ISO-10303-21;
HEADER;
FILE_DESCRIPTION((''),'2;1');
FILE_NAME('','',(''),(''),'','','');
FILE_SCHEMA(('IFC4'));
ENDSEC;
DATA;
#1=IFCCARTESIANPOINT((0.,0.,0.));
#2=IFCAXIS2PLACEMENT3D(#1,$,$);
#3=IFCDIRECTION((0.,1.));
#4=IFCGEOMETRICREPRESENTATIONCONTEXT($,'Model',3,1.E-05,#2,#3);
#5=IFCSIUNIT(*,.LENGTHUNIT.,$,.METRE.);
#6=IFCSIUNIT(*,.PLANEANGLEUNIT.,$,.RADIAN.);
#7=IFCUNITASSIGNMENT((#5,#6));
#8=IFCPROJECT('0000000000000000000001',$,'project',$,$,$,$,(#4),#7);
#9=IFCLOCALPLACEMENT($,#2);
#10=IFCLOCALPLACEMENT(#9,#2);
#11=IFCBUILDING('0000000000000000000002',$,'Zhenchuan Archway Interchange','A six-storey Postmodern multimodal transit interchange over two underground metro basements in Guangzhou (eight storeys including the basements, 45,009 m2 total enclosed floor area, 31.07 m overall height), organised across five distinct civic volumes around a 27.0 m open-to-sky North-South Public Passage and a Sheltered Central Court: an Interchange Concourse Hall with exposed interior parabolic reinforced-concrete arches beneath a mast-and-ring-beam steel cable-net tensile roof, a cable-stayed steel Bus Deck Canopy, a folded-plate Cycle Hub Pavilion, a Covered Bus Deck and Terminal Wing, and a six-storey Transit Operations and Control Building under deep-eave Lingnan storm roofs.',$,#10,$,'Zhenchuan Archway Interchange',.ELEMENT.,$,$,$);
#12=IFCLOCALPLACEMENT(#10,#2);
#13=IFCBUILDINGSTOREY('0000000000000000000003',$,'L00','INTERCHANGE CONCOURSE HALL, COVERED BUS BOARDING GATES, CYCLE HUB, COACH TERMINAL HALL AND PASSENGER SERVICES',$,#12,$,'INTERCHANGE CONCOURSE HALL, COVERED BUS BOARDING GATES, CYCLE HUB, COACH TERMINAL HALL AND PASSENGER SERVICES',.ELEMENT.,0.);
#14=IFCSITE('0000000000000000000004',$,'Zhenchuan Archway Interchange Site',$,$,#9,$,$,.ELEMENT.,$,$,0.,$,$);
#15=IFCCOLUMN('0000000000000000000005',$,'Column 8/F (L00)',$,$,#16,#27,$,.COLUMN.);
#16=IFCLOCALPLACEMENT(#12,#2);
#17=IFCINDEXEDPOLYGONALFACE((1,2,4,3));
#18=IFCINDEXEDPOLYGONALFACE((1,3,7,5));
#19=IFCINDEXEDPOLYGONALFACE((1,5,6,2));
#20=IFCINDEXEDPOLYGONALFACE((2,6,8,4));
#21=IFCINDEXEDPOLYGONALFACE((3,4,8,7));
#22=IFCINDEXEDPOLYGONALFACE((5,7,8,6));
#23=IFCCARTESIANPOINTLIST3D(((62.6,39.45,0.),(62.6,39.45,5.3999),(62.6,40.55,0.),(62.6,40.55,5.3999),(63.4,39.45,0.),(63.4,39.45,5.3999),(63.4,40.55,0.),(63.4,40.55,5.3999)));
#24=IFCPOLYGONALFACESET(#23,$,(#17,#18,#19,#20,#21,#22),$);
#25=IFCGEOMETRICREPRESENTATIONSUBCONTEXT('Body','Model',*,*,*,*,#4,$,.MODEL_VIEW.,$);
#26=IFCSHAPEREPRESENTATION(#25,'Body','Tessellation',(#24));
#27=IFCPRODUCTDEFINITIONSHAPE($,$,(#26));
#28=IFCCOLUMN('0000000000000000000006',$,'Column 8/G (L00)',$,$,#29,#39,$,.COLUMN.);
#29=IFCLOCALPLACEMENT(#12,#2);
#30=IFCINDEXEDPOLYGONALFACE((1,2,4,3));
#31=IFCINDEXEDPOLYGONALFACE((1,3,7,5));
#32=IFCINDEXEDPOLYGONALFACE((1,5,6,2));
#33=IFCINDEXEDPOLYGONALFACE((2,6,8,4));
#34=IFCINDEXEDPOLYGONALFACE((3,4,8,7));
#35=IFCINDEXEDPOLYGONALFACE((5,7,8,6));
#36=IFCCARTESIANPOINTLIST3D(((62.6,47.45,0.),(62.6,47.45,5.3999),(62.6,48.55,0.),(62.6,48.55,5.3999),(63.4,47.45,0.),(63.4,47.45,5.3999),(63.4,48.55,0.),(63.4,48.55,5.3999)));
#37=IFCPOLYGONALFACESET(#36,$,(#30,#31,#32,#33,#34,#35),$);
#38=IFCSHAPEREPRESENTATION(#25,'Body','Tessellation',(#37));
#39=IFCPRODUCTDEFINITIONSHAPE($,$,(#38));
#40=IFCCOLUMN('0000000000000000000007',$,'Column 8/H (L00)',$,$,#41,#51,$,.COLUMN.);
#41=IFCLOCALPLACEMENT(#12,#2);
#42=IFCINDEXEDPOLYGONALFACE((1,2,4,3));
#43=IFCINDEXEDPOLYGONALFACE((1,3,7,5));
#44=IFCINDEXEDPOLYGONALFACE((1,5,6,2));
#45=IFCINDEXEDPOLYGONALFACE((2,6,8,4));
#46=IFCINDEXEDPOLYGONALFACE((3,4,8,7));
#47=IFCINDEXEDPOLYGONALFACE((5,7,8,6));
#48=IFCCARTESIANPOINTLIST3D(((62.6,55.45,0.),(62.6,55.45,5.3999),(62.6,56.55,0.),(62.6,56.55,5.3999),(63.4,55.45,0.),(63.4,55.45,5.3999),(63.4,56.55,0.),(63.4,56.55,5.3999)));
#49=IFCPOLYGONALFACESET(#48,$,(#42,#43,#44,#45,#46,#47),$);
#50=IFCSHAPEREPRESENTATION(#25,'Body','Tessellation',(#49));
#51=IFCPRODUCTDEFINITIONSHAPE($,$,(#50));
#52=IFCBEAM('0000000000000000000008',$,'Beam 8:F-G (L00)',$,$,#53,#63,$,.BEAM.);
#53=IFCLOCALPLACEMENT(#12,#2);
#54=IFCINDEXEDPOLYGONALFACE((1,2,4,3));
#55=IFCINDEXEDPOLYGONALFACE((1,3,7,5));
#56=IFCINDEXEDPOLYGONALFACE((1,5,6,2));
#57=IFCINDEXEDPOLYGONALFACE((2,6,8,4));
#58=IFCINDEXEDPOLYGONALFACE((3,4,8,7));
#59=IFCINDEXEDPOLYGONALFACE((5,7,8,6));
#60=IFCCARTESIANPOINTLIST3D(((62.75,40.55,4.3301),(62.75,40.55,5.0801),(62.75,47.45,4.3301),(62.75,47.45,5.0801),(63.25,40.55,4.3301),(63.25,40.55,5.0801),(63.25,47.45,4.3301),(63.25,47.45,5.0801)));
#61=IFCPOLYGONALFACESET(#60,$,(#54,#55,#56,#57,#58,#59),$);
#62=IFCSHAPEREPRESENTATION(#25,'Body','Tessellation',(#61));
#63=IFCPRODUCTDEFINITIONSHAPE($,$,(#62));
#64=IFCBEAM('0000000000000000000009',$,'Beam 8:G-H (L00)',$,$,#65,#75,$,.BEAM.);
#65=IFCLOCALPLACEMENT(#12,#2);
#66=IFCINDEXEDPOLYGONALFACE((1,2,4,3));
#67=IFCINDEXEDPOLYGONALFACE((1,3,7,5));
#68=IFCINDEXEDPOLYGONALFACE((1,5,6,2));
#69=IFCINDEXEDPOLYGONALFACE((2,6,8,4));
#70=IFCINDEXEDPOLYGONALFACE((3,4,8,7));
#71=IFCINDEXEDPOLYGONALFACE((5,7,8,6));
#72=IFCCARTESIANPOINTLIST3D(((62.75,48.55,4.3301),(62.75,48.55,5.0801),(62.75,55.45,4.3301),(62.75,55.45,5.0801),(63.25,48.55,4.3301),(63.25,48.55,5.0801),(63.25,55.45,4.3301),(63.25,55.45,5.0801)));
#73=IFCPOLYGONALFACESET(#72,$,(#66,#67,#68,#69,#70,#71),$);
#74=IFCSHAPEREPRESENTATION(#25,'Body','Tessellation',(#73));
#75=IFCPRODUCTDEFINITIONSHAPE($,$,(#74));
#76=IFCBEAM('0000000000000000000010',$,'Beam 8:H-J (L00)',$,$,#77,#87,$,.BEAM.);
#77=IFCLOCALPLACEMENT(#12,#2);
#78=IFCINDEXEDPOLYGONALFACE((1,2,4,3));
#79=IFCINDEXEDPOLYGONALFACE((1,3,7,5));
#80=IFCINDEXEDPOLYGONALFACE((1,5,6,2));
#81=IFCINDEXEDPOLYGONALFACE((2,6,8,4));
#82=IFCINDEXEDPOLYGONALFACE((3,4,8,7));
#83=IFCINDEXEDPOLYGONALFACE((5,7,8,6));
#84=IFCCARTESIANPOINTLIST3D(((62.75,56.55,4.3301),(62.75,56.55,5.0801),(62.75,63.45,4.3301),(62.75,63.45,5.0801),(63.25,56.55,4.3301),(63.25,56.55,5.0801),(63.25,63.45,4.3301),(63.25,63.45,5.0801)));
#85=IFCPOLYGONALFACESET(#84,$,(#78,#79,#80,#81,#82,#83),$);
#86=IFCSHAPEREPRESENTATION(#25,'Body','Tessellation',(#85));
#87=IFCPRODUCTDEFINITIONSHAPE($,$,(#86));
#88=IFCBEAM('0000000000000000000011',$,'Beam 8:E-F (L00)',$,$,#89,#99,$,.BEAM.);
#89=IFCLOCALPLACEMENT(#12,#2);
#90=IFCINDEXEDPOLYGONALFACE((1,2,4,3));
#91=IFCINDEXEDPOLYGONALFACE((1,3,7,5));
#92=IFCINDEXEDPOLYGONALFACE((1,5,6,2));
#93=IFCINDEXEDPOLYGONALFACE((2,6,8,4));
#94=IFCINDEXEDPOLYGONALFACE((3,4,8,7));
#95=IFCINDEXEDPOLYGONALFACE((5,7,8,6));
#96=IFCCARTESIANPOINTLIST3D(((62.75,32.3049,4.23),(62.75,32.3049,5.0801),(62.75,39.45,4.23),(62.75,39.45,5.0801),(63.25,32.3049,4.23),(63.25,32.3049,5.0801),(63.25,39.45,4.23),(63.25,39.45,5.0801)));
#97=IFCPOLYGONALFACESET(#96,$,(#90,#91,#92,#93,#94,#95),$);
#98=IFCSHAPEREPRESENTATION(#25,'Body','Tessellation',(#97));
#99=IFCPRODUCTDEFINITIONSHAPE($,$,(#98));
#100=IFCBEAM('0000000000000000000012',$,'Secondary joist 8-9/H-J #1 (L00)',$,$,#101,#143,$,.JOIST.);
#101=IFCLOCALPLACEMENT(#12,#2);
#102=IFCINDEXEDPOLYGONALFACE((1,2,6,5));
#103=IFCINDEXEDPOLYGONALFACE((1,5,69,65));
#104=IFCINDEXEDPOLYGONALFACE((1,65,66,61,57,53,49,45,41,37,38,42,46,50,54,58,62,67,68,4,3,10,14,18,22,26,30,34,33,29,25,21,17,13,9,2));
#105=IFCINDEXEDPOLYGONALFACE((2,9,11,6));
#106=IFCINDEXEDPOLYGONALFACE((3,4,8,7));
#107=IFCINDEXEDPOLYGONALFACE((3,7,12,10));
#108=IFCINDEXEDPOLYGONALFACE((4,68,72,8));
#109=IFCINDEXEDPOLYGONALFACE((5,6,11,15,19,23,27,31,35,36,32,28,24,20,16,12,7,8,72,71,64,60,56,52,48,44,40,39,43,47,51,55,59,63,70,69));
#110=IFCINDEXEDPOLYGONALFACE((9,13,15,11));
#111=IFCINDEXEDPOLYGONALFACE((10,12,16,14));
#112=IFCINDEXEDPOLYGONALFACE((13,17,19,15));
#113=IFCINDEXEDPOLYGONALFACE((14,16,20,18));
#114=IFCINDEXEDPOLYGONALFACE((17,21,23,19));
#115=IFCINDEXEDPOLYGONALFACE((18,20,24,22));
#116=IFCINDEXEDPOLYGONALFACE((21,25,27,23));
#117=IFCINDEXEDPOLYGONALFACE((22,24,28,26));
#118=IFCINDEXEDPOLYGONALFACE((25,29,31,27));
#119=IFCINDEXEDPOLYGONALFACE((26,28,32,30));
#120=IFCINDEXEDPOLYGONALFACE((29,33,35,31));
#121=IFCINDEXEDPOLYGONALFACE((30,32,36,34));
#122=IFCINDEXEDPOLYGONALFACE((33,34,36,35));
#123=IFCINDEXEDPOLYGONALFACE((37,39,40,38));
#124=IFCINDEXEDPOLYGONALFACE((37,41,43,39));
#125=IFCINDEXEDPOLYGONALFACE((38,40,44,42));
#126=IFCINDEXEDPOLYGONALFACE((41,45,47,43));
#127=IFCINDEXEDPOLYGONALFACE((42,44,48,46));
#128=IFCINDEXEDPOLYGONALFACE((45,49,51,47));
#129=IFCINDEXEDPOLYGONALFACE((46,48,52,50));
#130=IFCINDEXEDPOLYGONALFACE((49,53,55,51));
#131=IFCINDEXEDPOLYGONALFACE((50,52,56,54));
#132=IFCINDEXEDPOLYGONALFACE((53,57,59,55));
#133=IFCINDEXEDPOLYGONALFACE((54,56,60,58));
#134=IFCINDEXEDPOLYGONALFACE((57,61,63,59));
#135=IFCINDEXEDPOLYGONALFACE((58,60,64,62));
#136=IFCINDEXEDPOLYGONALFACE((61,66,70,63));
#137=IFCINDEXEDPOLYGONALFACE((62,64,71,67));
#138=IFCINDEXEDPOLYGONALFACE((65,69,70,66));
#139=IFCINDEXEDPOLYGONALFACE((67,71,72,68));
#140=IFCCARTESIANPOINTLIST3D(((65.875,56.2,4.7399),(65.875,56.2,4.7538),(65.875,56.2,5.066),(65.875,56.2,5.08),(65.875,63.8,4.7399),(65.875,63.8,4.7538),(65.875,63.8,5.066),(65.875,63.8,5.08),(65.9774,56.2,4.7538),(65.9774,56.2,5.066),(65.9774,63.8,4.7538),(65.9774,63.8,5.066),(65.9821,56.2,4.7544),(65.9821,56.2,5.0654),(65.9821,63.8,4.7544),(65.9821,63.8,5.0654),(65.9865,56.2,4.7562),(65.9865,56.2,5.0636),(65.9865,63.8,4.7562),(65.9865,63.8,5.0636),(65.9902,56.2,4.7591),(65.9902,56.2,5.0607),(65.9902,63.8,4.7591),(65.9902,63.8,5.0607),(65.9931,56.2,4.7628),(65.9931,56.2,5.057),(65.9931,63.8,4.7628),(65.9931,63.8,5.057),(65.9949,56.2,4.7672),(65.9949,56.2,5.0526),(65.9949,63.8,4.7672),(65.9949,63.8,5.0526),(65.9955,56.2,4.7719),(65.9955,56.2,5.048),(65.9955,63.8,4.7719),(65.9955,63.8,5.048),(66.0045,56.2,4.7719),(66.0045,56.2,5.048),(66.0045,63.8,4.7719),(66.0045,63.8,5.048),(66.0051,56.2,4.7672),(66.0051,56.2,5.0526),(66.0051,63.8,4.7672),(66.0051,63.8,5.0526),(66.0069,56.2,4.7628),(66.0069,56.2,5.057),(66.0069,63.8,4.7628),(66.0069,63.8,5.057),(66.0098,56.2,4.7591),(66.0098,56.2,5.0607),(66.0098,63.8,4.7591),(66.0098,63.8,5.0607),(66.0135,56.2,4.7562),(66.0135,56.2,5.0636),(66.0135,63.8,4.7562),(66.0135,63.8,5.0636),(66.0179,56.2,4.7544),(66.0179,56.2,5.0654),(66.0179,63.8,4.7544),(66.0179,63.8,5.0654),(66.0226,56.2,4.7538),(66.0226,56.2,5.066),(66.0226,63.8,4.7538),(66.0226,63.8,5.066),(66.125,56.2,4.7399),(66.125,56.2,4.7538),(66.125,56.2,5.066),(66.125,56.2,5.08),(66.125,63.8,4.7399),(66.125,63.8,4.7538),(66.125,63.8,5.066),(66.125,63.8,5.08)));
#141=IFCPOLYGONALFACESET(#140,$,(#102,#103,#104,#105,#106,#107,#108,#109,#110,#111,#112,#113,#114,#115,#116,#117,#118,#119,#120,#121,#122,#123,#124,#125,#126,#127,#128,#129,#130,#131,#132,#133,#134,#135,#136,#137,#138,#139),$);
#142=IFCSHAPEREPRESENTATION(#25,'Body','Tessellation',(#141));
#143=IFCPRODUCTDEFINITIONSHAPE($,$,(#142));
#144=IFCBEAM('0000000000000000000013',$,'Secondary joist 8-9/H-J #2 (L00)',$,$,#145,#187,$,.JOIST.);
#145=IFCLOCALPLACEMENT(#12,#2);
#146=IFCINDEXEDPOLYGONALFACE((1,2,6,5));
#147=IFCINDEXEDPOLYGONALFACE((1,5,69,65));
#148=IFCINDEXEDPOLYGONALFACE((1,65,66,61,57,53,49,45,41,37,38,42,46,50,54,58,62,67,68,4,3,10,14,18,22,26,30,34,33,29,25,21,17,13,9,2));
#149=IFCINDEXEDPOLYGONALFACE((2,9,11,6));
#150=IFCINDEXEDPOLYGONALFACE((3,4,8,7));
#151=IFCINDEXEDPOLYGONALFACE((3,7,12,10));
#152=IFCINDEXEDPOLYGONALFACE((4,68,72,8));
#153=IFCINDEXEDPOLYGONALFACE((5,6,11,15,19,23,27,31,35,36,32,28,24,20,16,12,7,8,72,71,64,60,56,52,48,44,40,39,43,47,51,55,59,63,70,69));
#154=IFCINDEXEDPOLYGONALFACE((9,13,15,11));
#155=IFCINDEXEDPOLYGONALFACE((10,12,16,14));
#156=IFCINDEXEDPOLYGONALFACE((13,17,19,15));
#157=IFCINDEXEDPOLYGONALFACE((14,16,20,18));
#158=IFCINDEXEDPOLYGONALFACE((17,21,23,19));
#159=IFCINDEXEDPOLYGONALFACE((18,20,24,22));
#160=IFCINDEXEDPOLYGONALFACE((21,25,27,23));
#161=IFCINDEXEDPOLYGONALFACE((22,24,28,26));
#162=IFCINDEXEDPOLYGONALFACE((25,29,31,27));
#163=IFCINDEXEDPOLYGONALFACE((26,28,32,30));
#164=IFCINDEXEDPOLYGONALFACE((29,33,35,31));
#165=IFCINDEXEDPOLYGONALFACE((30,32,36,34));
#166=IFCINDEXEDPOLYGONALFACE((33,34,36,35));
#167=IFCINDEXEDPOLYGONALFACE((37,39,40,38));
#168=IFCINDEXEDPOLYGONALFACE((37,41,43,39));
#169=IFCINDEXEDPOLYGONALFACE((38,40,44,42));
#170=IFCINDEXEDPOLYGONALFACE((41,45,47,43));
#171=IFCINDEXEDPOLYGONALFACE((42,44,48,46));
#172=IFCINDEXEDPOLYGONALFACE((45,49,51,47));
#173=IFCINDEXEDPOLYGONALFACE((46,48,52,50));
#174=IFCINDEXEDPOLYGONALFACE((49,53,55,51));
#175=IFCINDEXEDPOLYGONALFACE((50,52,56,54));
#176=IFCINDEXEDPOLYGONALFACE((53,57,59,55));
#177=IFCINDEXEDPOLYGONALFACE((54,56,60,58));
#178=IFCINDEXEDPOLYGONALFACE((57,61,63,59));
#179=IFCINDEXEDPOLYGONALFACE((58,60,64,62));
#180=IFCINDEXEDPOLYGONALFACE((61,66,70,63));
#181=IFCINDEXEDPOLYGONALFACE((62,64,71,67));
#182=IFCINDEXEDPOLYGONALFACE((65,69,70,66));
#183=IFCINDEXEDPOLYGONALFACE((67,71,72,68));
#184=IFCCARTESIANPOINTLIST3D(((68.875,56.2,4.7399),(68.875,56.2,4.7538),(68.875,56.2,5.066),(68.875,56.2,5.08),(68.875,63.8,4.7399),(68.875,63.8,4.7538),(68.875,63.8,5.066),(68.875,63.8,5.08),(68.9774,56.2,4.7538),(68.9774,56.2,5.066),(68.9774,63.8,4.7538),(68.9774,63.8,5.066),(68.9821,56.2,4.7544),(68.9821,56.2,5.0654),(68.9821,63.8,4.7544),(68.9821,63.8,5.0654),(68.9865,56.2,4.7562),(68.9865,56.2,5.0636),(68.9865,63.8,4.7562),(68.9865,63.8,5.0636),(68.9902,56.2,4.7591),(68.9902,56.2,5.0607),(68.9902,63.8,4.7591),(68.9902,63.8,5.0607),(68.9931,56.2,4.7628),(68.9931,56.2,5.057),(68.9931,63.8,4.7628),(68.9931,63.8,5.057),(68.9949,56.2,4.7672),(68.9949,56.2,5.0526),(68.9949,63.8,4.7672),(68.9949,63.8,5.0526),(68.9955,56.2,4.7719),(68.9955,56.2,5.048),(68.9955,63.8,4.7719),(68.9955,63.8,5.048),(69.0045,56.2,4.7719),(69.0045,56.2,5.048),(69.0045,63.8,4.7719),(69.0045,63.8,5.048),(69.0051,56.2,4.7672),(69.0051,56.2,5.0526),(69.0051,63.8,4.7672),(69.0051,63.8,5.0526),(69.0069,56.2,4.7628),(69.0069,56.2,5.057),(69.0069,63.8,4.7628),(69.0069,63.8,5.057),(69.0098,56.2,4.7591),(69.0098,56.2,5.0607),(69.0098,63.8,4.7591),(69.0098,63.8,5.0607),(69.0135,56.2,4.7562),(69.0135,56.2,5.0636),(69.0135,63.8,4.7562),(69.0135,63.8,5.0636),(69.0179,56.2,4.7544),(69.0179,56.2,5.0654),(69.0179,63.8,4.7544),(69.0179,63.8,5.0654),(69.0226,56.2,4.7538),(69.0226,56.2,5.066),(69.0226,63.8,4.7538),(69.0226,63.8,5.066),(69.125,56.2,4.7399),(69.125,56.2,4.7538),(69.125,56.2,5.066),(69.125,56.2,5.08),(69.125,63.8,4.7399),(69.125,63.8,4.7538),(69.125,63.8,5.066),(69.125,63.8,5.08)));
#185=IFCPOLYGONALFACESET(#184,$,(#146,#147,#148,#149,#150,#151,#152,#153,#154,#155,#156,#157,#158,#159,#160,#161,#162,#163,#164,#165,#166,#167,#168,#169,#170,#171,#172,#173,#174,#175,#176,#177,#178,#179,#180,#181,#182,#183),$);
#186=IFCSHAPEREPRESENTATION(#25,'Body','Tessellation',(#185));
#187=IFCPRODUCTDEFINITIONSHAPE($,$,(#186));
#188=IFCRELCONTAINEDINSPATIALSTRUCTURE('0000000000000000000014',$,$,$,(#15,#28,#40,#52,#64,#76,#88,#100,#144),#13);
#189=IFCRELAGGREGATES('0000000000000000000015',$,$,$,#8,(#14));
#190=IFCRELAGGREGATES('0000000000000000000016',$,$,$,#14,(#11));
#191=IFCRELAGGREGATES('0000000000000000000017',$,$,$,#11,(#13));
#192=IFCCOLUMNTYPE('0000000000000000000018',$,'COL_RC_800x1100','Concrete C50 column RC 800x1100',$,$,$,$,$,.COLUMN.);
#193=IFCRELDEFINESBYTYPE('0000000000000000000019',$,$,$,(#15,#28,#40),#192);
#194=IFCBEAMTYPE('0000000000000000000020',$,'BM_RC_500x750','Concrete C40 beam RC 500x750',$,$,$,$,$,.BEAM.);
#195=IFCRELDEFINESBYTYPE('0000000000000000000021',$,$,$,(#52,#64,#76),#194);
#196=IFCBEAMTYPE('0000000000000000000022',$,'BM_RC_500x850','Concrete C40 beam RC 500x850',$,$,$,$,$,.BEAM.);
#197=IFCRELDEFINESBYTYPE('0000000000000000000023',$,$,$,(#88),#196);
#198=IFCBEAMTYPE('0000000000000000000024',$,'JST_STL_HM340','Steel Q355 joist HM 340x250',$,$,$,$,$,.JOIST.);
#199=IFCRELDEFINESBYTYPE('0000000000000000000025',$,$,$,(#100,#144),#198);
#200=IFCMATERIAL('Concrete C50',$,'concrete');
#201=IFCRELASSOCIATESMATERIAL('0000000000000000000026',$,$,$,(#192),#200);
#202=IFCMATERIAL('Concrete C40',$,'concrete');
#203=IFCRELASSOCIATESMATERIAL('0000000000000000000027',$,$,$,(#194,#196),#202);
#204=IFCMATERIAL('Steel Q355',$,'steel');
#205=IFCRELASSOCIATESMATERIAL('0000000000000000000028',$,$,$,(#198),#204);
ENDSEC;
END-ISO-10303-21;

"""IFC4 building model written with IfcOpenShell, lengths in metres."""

from ifc_helpers import new_model, si_unit, direction, frame, origin, origin_2d, place, context, subcontext, project, spatial, rectangle, i_section, extrude, material, material_profile, profile_set, type_object, element, save


model = new_model("IFC4")

# Units and contexts
model_context = context("Model", 3, precision=1e-05, world=origin(), true_north=direction((0.0, 1.0)))
body_context = subcontext(model_context, "Body", "Model", "MODEL_VIEW")
ifc_project = project(units=[si_unit("LENGTHUNIT", "METRE"), si_unit("PLANEANGLEUNIT", "RADIAN")], contexts=[model_context])

# Site, building, storey
site_placement = place(None, origin())
site = spatial("IfcSite", under=ifc_project, at=site_placement, Name="Zhenchuan Archway Interchange Site", CompositionType="ELEMENT", RefElevation=0.0)
building_placement = place(site_placement, origin())
building = spatial("IfcBuilding", under=site, at=building_placement, Name="Zhenchuan Archway Interchange", Description="A six-storey Postmodern multimodal transit interchange over two underground metro basements in Guangzhou (eight storeys including the basements, 45,009 m2 total enclosed floor area, 31.07 m overall height), organised across five distinct civic volumes around a 27.0 m open-to-sky North-South Public Passage and a Sheltered Central Court: an Interchange Concourse Hall with exposed interior parabolic reinforced-concrete arches beneath a mast-and-ring-beam steel cable-net tensile roof, a cable-stayed steel Bus Deck Canopy, a folded-plate Cycle Hub Pavilion, a Covered Bus Deck and Terminal Wing, and a six-storey Transit Operations and Control Building under deep-eave Lingnan storm roofs.", LongName="Zhenchuan Archway Interchange", CompositionType="ELEMENT")
storey_placement = place(building_placement, origin())
storey = spatial("IfcBuildingStorey", under=building, at=storey_placement, Name="L00", Description="INTERCHANGE CONCOURSE HALL, COVERED BUS BOARDING GATES, CYCLE HUB, COACH TERMINAL HALL AND PASSENGER SERVICES", LongName="INTERCHANGE CONCOURSE HALL, COVERED BUS BOARDING GATES, CYCLE HUB, COACH TERMINAL HALL AND PASSENGER SERVICES", CompositionType="ELEMENT", Elevation=0.0)

# Columns
ifc_material_1 = material(Name="Concrete C50", Category="concrete")
ifc_material_profile_1 = material_profile(ifc_material_1, rectangle(XDim=0.8, YDim=1.1001, at=origin_2d()), Name="RC 800x1100")
ifc_profile_set_1 = profile_set([ifc_material_profile_1], Name="Concrete C50")
column_type = type_object("IfcColumnType", Name="COL_RC_800x1100", Description="Concrete C50 column RC 800x1100", PredefinedType="COLUMN", material=ifc_profile_set_1)
for number, where, z_axis, x_axis, name in (
    (1, (63.0, 40.0, 0.0), (0.0, 0.0, 1.0), (1.0, 0.0, 0.0), "Column 8/F (L00)"),
    (2, (63.0, 48.0, 0.0), (0.0, 0.0, 1.0), (1.0, 0.0, 0.0), "Column 8/G (L00)"),
    (3, (63.0, 56.0, 0.0), (0.0, 0.0, 1.0), (1.0, 0.0, 0.0), "Column 8/H (L00)"),
):
    element("IfcColumn", number, at=place(storey_placement, frame(where, z_axis=z_axis, x_axis=x_axis)), inside=storey, type_object=column_type, Name=name, PredefinedType="COLUMN", context=body_context, shape_type="SweptSolid", body=[
        extrude(rectangle(XDim=0.8, YDim=1.1001, at=origin_2d()), origin(), (0.0, 0.0, 1.0), 5.3999),
    ])

# Beams
ifc_material_2 = material(Name="Concrete C40", Category="concrete")
ifc_material_profile_2 = material_profile(ifc_material_2, rectangle(XDim=0.5, YDim=0.75, at=origin_2d()), Name="RC 500x750")
ifc_profile_set_2 = profile_set([ifc_material_profile_2], Name="Concrete C40")
beam_type_1 = type_object("IfcBeamType", Name="BM_RC_500x750", Description="Concrete C40 beam RC 500x750", PredefinedType="BEAM", material=ifc_profile_set_2)
for number, where, z_axis, x_axis, name in (
    (4, (63.0, 40.55, 4.7051), (0.0, 1.0, 0.0), (-1.0, 0.0, 0.0), "Beam 8:F-G (L00)"),
    (5, (63.0, 48.55, 4.7051), (0.0, 1.0, 0.0), (-1.0, 0.0, 0.0), "Beam 8:G-H (L00)"),
    (6, (63.0, 56.55, 4.7051), (0.0, 1.0, 0.0), (-1.0, 0.0, 0.0), "Beam 8:H-J (L00)"),
):
    element("IfcBeam", number, at=place(storey_placement, frame(where, z_axis=z_axis, x_axis=x_axis)), inside=storey, type_object=beam_type_1, Name=name, PredefinedType="BEAM", context=body_context, shape_type="SweptSolid", body=[
        extrude(rectangle(XDim=0.5, YDim=0.75, at=origin_2d()), origin(), (0.0, 0.0, 1.0), 6.8999),
    ])
ifc_material_profile_3 = material_profile(ifc_material_2, rectangle(XDim=0.5, YDim=0.8501, at=origin_2d()), Name="RC 500x850")
ifc_profile_set_3 = profile_set([ifc_material_profile_3], Name="Concrete C40")
beam_type_2 = type_object("IfcBeamType", Name="BM_RC_500x850", Description="Concrete C40 beam RC 500x850", PredefinedType="BEAM", material=ifc_profile_set_3)
beam_1_placement = place(storey_placement, frame((63.0, 32.3049, 4.655), z_axis=(0.0, 1.0, 0.0), x_axis=(-1.0, 0.0, 0.0)))
element("IfcBeam", 7, at=beam_1_placement, inside=storey, type_object=beam_type_2, Name="Beam 8:E-F (L00)", PredefinedType="BEAM", context=body_context, shape_type="SweptSolid", body=[
    extrude(rectangle(XDim=0.5, YDim=0.8501, at=origin_2d()), origin(), (0.0, 0.0, 1.0), 7.145),
])
ifc_material_3 = material(Name="Steel Q355", Category="steel")
ifc_material_profile_4 = material_profile(ifc_material_3, i_section(OverallWidth=0.25, OverallDepth=0.3401, WebThickness=0.009, FlangeThickness=0.0139, FilletRadius=0.0181, at=origin_2d()), Name="HM 340x250")
ifc_profile_set_4 = profile_set([ifc_material_profile_4], Name="Steel Q355")
beam_type_3 = type_object("IfcBeamType", Name="JST_STL_HM340", Description="Steel Q355 joist HM 340x250", PredefinedType="JOIST", material=ifc_profile_set_4)
for number, where, z_axis, x_axis, name in (
    (8, (66.0, 56.2, 4.9099), (0.0, 1.0, 0.0), (-1.0, 0.0, 0.0), "Secondary joist 8-9/H-J #1 (L00)"),
    (9, (69.0, 56.2, 4.9099), (0.0, 1.0, 0.0), (-1.0, 0.0, 0.0), "Secondary joist 8-9/H-J #2 (L00)"),
):
    element("IfcBeam", number, at=place(storey_placement, frame(where, z_axis=z_axis, x_axis=x_axis)), inside=storey, type_object=beam_type_3, Name=name, PredefinedType="JOIST", context=body_context, shape_type="SweptSolid", body=[
        extrude(i_section(OverallWidth=0.25, OverallDepth=0.3401, WebThickness=0.009, FlangeThickness=0.0139, FilletRadius=0.0181, at=origin_2d()), origin(), (0.0, 0.0, 1.0), 7.6001),
    ])

save(model, "model.ifc")
